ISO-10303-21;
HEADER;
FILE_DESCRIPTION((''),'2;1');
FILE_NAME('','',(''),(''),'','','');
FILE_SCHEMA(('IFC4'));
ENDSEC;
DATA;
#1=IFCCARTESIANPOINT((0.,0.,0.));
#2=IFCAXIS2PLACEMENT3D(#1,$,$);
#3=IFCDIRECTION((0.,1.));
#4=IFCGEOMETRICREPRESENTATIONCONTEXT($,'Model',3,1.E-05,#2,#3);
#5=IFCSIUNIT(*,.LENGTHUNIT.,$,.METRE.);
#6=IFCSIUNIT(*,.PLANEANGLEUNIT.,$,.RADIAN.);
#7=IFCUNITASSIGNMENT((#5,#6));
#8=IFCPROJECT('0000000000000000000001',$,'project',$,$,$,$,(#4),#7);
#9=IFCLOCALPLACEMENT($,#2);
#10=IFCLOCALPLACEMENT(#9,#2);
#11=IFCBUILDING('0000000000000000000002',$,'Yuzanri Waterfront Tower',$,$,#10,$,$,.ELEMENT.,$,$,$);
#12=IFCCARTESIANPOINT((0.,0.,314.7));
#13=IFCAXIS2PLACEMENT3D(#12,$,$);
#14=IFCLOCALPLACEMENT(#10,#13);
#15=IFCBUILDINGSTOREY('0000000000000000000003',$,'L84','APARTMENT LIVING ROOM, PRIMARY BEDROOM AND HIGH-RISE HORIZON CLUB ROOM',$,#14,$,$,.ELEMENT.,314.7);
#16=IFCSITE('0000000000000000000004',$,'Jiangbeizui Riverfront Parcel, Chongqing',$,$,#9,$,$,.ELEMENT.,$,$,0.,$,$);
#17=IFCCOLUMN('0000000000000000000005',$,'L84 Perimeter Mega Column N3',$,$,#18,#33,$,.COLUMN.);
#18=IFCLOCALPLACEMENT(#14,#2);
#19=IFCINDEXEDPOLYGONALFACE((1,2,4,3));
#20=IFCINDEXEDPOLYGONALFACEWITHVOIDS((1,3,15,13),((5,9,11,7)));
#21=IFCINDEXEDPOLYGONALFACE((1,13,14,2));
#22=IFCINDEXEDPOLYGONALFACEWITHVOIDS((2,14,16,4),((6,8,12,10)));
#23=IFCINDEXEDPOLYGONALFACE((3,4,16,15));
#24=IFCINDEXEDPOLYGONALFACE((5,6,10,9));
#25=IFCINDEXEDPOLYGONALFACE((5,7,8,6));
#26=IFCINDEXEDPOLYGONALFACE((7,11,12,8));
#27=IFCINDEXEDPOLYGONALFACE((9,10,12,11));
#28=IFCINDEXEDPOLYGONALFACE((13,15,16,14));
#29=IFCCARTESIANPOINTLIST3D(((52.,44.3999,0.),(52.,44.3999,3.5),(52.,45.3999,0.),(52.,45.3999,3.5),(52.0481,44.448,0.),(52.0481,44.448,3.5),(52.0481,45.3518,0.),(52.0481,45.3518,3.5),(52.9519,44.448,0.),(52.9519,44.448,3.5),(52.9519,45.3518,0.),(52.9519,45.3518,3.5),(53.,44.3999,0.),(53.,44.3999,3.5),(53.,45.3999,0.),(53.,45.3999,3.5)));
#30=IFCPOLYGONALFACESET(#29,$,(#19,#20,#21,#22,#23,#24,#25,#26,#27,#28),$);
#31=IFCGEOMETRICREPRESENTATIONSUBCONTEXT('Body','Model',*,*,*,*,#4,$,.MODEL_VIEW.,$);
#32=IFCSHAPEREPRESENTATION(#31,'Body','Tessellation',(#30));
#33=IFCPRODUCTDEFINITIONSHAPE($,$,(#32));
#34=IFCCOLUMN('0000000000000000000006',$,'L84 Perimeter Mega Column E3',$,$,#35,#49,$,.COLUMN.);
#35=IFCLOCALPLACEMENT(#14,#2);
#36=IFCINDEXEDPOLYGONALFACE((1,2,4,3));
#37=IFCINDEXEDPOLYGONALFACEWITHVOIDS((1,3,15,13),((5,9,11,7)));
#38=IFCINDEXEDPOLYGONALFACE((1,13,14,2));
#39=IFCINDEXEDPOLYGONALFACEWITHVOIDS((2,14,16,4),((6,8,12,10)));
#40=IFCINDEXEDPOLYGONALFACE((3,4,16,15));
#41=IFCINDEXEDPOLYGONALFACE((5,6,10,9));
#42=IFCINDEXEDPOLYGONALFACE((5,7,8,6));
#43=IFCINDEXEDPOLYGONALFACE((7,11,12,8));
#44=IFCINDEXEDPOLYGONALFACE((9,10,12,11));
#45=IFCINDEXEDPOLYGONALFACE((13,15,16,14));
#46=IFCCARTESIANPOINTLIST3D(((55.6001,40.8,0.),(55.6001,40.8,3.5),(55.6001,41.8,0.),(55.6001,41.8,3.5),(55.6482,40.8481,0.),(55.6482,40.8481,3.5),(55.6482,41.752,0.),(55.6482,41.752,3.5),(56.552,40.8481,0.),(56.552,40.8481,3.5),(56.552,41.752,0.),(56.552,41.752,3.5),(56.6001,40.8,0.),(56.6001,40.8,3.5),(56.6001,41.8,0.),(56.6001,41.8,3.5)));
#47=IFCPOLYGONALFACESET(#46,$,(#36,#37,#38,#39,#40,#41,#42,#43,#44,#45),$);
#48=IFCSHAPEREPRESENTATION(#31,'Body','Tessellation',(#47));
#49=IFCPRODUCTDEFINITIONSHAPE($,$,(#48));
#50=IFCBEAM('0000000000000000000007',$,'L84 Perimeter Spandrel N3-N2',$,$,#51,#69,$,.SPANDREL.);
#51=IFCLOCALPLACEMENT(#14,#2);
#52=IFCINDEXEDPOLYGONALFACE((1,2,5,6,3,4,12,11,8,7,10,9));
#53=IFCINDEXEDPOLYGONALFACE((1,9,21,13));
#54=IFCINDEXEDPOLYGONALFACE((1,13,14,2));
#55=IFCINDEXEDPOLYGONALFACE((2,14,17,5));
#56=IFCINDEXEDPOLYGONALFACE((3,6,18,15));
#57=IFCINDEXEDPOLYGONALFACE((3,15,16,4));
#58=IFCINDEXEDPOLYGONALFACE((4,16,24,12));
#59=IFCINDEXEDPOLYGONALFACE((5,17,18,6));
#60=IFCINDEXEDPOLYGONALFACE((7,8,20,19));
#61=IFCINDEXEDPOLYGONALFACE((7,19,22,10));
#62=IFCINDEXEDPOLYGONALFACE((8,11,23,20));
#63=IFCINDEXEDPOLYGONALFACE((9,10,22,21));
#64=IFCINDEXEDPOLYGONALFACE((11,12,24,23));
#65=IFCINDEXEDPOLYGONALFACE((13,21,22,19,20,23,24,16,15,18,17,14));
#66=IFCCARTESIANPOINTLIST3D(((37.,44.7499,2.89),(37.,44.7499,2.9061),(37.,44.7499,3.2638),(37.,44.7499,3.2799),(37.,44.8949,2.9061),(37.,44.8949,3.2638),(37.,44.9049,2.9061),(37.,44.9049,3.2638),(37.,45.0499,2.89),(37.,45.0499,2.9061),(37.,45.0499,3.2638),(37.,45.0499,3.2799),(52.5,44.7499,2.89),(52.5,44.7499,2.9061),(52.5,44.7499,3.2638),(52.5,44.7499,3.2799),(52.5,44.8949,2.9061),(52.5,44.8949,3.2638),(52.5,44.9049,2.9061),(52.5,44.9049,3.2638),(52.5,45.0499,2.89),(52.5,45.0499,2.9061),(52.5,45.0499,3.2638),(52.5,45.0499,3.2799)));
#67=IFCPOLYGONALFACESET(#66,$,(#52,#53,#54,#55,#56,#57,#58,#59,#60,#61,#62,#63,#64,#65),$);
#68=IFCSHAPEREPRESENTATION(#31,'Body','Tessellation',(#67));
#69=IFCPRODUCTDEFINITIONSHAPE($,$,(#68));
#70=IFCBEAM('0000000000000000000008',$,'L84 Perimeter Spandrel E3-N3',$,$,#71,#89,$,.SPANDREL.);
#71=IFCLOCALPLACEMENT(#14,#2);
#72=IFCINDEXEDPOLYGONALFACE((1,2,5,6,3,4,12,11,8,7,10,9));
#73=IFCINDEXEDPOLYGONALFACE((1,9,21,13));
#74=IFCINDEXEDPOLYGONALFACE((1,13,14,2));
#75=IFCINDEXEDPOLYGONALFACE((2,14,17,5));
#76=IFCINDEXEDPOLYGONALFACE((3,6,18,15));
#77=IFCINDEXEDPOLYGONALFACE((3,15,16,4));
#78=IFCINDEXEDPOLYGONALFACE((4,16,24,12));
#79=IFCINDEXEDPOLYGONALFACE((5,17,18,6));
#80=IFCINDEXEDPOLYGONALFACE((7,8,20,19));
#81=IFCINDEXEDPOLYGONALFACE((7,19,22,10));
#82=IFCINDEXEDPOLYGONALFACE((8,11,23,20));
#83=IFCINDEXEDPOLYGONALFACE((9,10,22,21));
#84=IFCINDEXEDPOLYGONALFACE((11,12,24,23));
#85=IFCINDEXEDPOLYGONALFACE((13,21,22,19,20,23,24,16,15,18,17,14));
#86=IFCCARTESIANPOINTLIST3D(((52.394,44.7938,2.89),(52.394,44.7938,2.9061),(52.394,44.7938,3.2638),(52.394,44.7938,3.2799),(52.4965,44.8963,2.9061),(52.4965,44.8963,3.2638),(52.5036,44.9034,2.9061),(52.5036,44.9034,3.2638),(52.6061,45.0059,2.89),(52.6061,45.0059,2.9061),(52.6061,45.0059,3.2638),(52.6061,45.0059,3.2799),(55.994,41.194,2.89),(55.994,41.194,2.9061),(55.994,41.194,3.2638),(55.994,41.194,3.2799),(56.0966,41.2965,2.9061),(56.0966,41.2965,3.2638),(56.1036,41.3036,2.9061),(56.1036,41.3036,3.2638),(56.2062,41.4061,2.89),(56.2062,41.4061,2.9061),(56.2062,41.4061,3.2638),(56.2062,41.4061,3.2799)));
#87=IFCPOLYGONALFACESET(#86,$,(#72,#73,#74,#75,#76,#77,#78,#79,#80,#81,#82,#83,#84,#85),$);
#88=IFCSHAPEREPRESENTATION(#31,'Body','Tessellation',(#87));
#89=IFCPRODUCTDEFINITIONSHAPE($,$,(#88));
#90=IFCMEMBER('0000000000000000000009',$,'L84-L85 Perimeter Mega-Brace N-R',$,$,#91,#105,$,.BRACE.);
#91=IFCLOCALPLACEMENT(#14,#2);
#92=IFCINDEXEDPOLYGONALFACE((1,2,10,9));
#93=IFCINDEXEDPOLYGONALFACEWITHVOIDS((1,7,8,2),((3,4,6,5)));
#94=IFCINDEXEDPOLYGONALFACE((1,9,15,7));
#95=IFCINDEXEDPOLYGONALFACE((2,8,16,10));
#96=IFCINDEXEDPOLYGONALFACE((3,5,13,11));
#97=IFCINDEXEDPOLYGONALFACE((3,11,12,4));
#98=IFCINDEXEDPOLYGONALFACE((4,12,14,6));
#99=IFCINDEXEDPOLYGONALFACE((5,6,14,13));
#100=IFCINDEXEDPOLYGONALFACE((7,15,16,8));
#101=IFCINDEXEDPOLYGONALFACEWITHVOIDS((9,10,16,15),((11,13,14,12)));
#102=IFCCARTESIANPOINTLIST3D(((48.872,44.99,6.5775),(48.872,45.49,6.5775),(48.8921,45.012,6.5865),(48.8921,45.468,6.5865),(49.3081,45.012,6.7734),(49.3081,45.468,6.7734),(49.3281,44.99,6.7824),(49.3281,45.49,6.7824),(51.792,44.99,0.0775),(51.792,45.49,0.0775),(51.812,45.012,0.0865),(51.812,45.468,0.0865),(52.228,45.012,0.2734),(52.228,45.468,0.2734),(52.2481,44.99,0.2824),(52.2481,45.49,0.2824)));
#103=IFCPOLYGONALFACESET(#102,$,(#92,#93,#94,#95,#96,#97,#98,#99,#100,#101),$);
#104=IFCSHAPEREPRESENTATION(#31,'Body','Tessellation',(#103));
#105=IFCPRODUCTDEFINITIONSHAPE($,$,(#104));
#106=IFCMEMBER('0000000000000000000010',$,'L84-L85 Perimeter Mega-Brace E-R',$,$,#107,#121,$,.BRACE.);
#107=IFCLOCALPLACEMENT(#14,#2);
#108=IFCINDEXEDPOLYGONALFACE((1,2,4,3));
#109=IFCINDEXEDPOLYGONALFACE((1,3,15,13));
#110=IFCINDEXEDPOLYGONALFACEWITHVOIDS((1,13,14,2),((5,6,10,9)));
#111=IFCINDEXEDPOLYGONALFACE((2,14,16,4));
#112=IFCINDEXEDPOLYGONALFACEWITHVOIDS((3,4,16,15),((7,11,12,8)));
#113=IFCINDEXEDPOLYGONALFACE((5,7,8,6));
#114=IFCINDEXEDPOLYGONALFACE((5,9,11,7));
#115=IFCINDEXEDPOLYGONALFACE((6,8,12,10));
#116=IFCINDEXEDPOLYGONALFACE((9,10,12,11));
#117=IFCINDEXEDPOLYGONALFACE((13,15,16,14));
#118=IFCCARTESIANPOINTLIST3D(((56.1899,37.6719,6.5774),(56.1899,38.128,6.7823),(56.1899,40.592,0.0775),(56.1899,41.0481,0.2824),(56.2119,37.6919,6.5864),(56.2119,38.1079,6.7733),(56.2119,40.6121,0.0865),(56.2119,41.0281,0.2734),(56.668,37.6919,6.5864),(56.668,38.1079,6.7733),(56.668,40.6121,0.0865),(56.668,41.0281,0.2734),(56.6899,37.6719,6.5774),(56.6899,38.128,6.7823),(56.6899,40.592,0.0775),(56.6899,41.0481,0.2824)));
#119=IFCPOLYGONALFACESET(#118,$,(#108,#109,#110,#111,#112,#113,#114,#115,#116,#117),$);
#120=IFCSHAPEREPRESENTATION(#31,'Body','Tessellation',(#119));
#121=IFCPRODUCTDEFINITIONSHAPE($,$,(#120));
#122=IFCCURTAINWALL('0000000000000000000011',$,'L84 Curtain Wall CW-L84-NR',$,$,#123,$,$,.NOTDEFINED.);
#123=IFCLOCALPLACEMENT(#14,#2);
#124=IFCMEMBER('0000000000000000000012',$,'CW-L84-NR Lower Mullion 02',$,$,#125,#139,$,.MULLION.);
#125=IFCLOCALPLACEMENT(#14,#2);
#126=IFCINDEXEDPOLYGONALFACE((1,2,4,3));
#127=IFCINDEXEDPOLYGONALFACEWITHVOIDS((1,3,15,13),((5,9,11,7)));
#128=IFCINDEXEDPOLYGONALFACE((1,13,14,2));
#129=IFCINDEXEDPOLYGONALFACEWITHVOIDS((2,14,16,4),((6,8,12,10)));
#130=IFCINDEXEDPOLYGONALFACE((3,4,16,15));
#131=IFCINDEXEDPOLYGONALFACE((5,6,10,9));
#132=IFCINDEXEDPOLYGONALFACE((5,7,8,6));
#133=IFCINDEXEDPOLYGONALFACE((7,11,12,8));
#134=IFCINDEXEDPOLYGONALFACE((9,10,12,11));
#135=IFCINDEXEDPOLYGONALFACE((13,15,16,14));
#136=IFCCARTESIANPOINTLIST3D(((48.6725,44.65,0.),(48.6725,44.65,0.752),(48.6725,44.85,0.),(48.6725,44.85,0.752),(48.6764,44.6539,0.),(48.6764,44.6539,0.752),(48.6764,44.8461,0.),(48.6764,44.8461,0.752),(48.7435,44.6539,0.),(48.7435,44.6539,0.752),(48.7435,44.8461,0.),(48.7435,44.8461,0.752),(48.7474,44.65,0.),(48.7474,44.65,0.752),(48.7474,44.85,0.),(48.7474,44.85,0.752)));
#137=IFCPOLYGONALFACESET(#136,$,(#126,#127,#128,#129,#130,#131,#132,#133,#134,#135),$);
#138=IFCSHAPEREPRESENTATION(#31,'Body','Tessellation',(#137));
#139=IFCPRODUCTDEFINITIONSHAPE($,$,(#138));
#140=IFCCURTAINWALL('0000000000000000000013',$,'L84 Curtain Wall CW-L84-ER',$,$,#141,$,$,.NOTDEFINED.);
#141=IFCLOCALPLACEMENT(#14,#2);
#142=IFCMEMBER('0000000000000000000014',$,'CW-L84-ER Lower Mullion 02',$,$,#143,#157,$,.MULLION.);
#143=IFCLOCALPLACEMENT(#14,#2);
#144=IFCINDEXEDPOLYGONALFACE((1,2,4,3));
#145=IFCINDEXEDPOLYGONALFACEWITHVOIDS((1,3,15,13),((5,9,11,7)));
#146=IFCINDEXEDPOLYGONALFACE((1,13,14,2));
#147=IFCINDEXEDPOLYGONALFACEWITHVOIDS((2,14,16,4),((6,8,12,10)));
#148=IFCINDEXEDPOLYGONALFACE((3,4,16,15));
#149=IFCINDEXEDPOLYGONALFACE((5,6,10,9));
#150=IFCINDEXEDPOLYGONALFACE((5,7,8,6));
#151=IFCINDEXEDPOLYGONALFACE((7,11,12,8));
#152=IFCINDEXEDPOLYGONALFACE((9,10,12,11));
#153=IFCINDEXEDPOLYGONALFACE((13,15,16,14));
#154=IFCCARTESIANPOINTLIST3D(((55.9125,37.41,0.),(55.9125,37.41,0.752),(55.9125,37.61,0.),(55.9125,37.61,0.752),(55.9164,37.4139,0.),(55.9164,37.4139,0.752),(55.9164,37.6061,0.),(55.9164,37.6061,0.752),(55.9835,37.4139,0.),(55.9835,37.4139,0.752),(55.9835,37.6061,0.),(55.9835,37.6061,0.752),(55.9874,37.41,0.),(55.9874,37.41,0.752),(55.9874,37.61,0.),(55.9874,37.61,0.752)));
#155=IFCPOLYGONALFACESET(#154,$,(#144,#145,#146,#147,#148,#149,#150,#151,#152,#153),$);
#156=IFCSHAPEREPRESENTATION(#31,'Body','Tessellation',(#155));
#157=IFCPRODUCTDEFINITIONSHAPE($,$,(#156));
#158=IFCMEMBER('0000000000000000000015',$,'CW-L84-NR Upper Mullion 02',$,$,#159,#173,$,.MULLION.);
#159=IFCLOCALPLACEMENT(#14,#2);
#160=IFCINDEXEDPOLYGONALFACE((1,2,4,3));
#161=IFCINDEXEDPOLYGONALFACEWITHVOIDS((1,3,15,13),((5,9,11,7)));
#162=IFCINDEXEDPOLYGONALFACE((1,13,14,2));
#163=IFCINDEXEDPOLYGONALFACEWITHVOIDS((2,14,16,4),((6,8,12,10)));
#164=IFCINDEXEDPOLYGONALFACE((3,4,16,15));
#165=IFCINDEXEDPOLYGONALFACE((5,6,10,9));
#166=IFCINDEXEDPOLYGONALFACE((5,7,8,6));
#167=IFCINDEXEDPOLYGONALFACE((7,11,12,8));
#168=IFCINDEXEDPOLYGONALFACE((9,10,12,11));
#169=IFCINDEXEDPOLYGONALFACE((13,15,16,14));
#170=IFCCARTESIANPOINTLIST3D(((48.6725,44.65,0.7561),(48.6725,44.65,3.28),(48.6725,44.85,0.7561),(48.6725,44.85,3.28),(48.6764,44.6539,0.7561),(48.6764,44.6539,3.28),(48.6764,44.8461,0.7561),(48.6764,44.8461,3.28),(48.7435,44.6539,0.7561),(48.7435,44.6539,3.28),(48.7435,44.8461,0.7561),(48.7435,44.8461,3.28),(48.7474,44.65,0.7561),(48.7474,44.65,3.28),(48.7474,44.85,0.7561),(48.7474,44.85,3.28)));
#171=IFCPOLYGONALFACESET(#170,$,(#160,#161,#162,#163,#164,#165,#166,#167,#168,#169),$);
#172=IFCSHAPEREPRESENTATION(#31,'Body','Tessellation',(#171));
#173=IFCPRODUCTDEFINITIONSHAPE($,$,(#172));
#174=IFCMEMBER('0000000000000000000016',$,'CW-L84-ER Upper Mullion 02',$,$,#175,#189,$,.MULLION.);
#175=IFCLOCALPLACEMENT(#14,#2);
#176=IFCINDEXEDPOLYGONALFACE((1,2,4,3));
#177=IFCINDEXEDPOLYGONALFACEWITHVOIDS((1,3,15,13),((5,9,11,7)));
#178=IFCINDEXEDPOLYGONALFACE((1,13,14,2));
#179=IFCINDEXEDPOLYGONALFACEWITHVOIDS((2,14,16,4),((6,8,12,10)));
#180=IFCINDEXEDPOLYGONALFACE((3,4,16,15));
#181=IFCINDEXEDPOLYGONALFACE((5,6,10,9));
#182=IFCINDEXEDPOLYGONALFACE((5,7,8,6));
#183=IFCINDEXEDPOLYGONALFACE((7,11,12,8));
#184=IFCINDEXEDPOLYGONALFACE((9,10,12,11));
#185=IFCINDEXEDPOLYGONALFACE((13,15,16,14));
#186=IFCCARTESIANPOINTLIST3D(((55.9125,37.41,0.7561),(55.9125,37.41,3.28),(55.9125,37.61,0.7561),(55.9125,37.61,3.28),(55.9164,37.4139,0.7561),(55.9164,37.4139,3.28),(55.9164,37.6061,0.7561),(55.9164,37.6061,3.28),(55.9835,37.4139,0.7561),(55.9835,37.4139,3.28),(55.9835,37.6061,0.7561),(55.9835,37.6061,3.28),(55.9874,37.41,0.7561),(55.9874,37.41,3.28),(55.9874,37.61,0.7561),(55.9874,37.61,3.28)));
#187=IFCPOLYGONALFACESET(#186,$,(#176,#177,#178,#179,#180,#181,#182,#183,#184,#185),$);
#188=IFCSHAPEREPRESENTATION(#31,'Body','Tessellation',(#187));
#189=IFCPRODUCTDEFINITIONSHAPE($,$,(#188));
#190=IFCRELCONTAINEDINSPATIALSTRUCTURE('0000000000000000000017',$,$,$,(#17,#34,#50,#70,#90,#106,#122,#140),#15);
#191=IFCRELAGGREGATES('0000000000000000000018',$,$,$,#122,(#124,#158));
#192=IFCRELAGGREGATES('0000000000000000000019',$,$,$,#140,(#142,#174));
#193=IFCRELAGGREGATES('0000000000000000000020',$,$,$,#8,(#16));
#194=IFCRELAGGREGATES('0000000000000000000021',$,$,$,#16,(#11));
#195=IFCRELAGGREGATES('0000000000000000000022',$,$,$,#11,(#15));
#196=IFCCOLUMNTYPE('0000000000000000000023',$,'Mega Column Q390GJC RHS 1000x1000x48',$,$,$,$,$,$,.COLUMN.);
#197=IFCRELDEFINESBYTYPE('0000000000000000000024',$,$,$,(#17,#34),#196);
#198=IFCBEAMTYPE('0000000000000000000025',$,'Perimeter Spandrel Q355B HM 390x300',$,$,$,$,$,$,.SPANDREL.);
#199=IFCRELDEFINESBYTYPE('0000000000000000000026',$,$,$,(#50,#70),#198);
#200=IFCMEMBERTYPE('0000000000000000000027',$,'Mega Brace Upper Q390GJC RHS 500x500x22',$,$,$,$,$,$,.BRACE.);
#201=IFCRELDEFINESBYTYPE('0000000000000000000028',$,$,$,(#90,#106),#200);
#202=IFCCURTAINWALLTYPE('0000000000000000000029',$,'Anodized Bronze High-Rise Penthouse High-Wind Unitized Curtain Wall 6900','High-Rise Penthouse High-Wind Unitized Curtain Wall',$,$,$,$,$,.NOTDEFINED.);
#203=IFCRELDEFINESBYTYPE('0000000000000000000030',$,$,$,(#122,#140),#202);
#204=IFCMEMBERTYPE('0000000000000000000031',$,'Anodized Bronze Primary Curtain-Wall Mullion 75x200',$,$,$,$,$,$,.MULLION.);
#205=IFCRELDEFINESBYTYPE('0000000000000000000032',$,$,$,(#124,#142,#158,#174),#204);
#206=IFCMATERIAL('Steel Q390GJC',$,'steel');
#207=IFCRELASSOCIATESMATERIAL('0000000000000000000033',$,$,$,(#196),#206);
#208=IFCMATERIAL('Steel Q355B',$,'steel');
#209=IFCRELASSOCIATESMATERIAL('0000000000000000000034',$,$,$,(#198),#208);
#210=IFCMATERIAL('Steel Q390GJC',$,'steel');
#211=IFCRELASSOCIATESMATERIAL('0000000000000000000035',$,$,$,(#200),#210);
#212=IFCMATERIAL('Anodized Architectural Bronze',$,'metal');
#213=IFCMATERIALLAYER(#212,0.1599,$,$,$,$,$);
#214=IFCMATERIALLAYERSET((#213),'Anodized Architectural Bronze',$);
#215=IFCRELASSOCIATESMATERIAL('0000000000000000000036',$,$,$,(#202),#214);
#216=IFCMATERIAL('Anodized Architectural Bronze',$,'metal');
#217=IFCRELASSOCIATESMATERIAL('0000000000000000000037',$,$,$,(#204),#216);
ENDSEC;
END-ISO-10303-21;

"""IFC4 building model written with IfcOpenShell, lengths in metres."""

from ifc_helpers import new_model, si_unit, direction, frame, origin, origin_2d, place, context, subcontext, project, spatial, hollow_rectangle, i_section, extrude, source, transform, mapped, material, layer, layer_set, material_profile, profile_set, type_object, element, aggregate, save


model = new_model("IFC4")

# Units and contexts
model_context = context("Model", 3, precision=1e-05, world=origin(), true_north=direction((0.0, 1.0)))
body_context = subcontext(model_context, "Body", "Model", "MODEL_VIEW")
ifc_project = project(units=[si_unit("LENGTHUNIT", "METRE"), si_unit("PLANEANGLEUNIT", "RADIAN")], contexts=[model_context])

# Site, building, storey
site_placement = place(None, origin())
site = spatial("IfcSite", under=ifc_project, at=site_placement, Name="Jiangbeizui Riverfront Parcel, Chongqing", CompositionType="ELEMENT", RefElevation=0.0)
building_placement = place(site_placement, origin())
building = spatial("IfcBuilding", under=site, at=building_placement, Name="Yuzanri Waterfront Tower", CompositionType="ELEMENT")
storey_placement = place(building_placement, frame((0.0, 0.0, 314.7)))
storey = spatial("IfcBuildingStorey", under=building, at=storey_placement, Name="L84", Description="APARTMENT LIVING ROOM, PRIMARY BEDROOM AND HIGH-RISE HORIZON CLUB ROOM", CompositionType="ELEMENT", Elevation=314.7)

# Columns
ifc_material_1 = material(Name="Steel Q390GJC", Category="steel")
ifc_material_profile_1 = material_profile(ifc_material_1, hollow_rectangle(XDim=1.0, YDim=1.0, WallThickness=0.0481, at=origin_2d()), Name="RHS 1000x1000x48")
ifc_profile_set_1 = profile_set([ifc_material_profile_1], Name="Steel Q390GJC")
column_type = type_object("IfcColumnType", Name="Mega Column Q390GJC RHS 1000x1000x48", PredefinedType="COLUMN", material=ifc_profile_set_1)
shared_shape_1 = source(origin(), body_context, "Body", "SweptSolid", [
    extrude(hollow_rectangle(XDim=1.0, YDim=1.0, WallThickness=0.0481, at=origin_2d()), origin(), (0.0, 0.0, 1.0), 3.5),
])
for number, where, z_axis, x_axis, name in (
    (1, (52.5, 44.8999, 0.0), (0.0, 0.0, 1.0), (1.0, 0.0, 0.0), "L84 Perimeter Mega Column N3"),
    (2, (56.1001, 41.3, 0.0), (0.0, 0.0, 1.0), (1.0, 0.0, 0.0), "L84 Perimeter Mega Column E3"),
):
    element("IfcColumn", number, at=place(storey_placement, frame(where, z_axis=z_axis, x_axis=x_axis)), inside=storey, type_object=column_type, Name=name, PredefinedType="COLUMN", context=body_context, shape_type="MappedRepresentation", body=[
        mapped(shared_shape_1, transform((0.0, 0.0, 0.0), scale=1.0)),
    ])

# Beams
ifc_material_2 = material(Name="Steel Q355B", Category="steel")
ifc_material_profile_2 = material_profile(ifc_material_2, i_section(OverallWidth=0.3, OverallDepth=0.3899, WebThickness=0.01, FlangeThickness=0.0161, at=origin_2d()), Name="HM 390x300x10x16")
ifc_profile_set_2 = profile_set([ifc_material_profile_2], Name="Steel Q355B")
beam_type = type_object("IfcBeamType", Name="Perimeter Spandrel Q355B HM 390x300", PredefinedType="SPANDREL", material=ifc_profile_set_2)
shared_shape_2 = source(origin(), body_context, "Body", "SweptSolid", [
    extrude(i_section(OverallWidth=0.3, OverallDepth=0.3899, WebThickness=0.01, FlangeThickness=0.0161, at=origin_2d()), origin(), (0.0, 0.0, 1.0), 15.5),
])
beam_1_placement = place(storey_placement, frame((52.5, 44.8999, 3.085), z_axis=(-1.0, 0.0, 0.0), x_axis=(0.0, -1.0, 0.0)))
element("IfcBeam", 3, at=beam_1_placement, inside=storey, type_object=beam_type, Name="L84 Perimeter Spandrel N3-N2", PredefinedType="SPANDREL", context=body_context, shape_type="MappedRepresentation", body=[
    mapped(shared_shape_2, transform((0.0, 0.0, 0.0), scale=1.0)),
])
shared_shape_3 = source(origin(), body_context, "Body", "SweptSolid", [
    extrude(i_section(OverallWidth=0.3, OverallDepth=0.3899, WebThickness=0.01, FlangeThickness=0.0161, at=origin_2d()), origin(), (0.0, 0.0, 1.0), 5.0911),
])
beam_2_placement = place(storey_placement, frame((56.1001, 41.3, 3.085), z_axis=(-0.707131, 0.707083, 0.0), x_axis=(-0.707083, -0.707131, 0.0)))
element("IfcBeam", 4, at=beam_2_placement, inside=storey, type_object=beam_type, Name="L84 Perimeter Spandrel E3-N3", PredefinedType="SPANDREL", context=body_context, shape_type="MappedRepresentation", body=[
    mapped(shared_shape_3, transform((0.0, 0.0, 0.0), scale=1.0)),
])

# Members
ifc_material_3 = material(Name="Steel Q390GJC", Category="steel")
ifc_material_profile_3 = material_profile(ifc_material_3, hollow_rectangle(XDim=0.5, YDim=0.5, WallThickness=0.022, at=origin_2d()), Name="RHS 500x500x22")
ifc_profile_set_3 = profile_set([ifc_material_profile_3], Name="Steel Q390GJC")
member_type_1 = type_object("IfcMemberType", Name="Mega Brace Upper Q390GJC RHS 500x500x22", PredefinedType="BRACE", material=ifc_profile_set_3)
shared_shape_4 = source(origin(), body_context, "Body", "SweptSolid", [
    extrude(hollow_rectangle(XDim=0.5, YDim=0.5, WallThickness=0.022, at=origin_2d()), origin(), (0.0, 0.0, 1.0), 7.1257),
])
for number, where, z_axis, x_axis, name in (
    (5, (52.02, 45.24, 0.1799), (-0.409772, 0.0, 0.912188), (0.0, -1.0, 0.0), "L84-L85 Perimeter Mega-Brace N-R"),
    (6, (56.4399, 40.8201, 0.1799), (0.0, -0.4098, 0.912175), (1.0, 0.0, 0.0), "L84-L85 Perimeter Mega-Brace E-R"),
):
    element("IfcMember", number, at=place(storey_placement, frame(where, z_axis=z_axis, x_axis=x_axis)), inside=storey, type_object=member_type_1, Name=name, PredefinedType="BRACE", context=body_context, shape_type="MappedRepresentation", body=[
        mapped(shared_shape_4, transform((0.0, 0.0, 0.0), scale=1.0)),
    ])

# Curtain walls, members
ifc_material_4 = material(Name="Anodized Architectural Bronze", Category="metal")
ifc_layer_1 = layer(ifc_material_4, 0.1599)
ifc_layer_set_1 = layer_set([ifc_layer_1], Name="Anodized Architectural Bronze")
curtain_wall_type = type_object("IfcCurtainWallType", Name="Anodized Bronze High-Rise Penthouse High-Wind Unitized Curtain Wall 6900", Description="High-Rise Penthouse High-Wind Unitized Curtain Wall", PredefinedType="NOTDEFINED", material=ifc_layer_set_1)
curtain_wall_1_placement = place(storey_placement, origin())
curtain_wall_1 = element("IfcCurtainWall", 7, at=curtain_wall_1_placement, inside=storey, type_object=curtain_wall_type, Name="L84 Curtain Wall CW-L84-NR", PredefinedType="NOTDEFINED")
ifc_material_5 = material(Name="Anodized Architectural Bronze", Category="metal")
ifc_material_profile_4 = material_profile(ifc_material_5, hollow_rectangle(XDim=0.075, YDim=0.2, WallThickness=0.0039, at=origin_2d()), Name="CWM 75x200")
ifc_profile_set_4 = profile_set([ifc_material_profile_4], Name="Anodized Architectural Bronze")
member_type_2 = type_object("IfcMemberType", Name="Anodized Bronze Primary Curtain-Wall Mullion 75x200", PredefinedType="MULLION", material=ifc_profile_set_4)
shared_shape_5 = source(origin(), body_context, "Body", "SweptSolid", [
    extrude(hollow_rectangle(XDim=0.075, YDim=0.2, WallThickness=0.0039, at=origin_2d()), origin(), (0.0, 0.0, 1.0), 0.752),
])
member_1_placement = place(storey_placement, frame((48.71, 44.75, 0.0), z_axis=(0.0, 0.0, 1.0), x_axis=(1.0, 0.0, 0.0)))
member_1 = element("IfcMember", 8, at=member_1_placement, type_object=member_type_2, Name="CW-L84-NR Lower Mullion 02", PredefinedType="MULLION", context=body_context, shape_type="MappedRepresentation", body=[
    mapped(shared_shape_5, transform((0.0, 0.0, 0.0), scale=1.0)),
])
curtain_wall_2_placement = place(storey_placement, origin())
curtain_wall_2 = element("IfcCurtainWall", 9, at=curtain_wall_2_placement, inside=storey, type_object=curtain_wall_type, Name="L84 Curtain Wall CW-L84-ER", PredefinedType="NOTDEFINED")
member_2_placement = place(storey_placement, frame((55.95, 37.51, 0.0), z_axis=(0.0, 0.0, 1.0), x_axis=(1.0, 0.0, 0.0)))
member_2 = element("IfcMember", 10, at=member_2_placement, type_object=member_type_2, Name="CW-L84-ER Lower Mullion 02", PredefinedType="MULLION", context=body_context, shape_type="MappedRepresentation", body=[
    mapped(shared_shape_5, transform((0.0, 0.0, 0.0), scale=1.0)),
])

# Members
shared_shape_6 = source(origin(), body_context, "Body", "SweptSolid", [
    extrude(hollow_rectangle(XDim=0.075, YDim=0.2, WallThickness=0.0039, at=origin_2d()), origin(), (0.0, 0.0, 1.0), 2.5239),
])
member_3_placement = place(storey_placement, frame((48.71, 44.75, 0.7561), z_axis=(0.0, 0.0, 1.0), x_axis=(1.0, 0.0, 0.0)))
member_3 = element("IfcMember", 11, at=member_3_placement, type_object=member_type_2, Name="CW-L84-NR Upper Mullion 02", PredefinedType="MULLION", context=body_context, shape_type="MappedRepresentation", body=[
    mapped(shared_shape_6, transform((0.0, 0.0, 0.0), scale=1.0)),
])
aggregate(curtain_wall_1, [member_1, member_3])
member_4_placement = place(storey_placement, frame((55.95, 37.51, 0.7561), z_axis=(0.0, 0.0, 1.0), x_axis=(1.0, 0.0, 0.0)))
member_4 = element("IfcMember", 12, at=member_4_placement, type_object=member_type_2, Name="CW-L84-ER Upper Mullion 02", PredefinedType="MULLION", context=body_context, shape_type="MappedRepresentation", body=[
    mapped(shared_shape_6, transform((0.0, 0.0, 0.0), scale=1.0)),
])

aggregate(curtain_wall_2, [member_2, member_4])

save(model, "model.ifc")
